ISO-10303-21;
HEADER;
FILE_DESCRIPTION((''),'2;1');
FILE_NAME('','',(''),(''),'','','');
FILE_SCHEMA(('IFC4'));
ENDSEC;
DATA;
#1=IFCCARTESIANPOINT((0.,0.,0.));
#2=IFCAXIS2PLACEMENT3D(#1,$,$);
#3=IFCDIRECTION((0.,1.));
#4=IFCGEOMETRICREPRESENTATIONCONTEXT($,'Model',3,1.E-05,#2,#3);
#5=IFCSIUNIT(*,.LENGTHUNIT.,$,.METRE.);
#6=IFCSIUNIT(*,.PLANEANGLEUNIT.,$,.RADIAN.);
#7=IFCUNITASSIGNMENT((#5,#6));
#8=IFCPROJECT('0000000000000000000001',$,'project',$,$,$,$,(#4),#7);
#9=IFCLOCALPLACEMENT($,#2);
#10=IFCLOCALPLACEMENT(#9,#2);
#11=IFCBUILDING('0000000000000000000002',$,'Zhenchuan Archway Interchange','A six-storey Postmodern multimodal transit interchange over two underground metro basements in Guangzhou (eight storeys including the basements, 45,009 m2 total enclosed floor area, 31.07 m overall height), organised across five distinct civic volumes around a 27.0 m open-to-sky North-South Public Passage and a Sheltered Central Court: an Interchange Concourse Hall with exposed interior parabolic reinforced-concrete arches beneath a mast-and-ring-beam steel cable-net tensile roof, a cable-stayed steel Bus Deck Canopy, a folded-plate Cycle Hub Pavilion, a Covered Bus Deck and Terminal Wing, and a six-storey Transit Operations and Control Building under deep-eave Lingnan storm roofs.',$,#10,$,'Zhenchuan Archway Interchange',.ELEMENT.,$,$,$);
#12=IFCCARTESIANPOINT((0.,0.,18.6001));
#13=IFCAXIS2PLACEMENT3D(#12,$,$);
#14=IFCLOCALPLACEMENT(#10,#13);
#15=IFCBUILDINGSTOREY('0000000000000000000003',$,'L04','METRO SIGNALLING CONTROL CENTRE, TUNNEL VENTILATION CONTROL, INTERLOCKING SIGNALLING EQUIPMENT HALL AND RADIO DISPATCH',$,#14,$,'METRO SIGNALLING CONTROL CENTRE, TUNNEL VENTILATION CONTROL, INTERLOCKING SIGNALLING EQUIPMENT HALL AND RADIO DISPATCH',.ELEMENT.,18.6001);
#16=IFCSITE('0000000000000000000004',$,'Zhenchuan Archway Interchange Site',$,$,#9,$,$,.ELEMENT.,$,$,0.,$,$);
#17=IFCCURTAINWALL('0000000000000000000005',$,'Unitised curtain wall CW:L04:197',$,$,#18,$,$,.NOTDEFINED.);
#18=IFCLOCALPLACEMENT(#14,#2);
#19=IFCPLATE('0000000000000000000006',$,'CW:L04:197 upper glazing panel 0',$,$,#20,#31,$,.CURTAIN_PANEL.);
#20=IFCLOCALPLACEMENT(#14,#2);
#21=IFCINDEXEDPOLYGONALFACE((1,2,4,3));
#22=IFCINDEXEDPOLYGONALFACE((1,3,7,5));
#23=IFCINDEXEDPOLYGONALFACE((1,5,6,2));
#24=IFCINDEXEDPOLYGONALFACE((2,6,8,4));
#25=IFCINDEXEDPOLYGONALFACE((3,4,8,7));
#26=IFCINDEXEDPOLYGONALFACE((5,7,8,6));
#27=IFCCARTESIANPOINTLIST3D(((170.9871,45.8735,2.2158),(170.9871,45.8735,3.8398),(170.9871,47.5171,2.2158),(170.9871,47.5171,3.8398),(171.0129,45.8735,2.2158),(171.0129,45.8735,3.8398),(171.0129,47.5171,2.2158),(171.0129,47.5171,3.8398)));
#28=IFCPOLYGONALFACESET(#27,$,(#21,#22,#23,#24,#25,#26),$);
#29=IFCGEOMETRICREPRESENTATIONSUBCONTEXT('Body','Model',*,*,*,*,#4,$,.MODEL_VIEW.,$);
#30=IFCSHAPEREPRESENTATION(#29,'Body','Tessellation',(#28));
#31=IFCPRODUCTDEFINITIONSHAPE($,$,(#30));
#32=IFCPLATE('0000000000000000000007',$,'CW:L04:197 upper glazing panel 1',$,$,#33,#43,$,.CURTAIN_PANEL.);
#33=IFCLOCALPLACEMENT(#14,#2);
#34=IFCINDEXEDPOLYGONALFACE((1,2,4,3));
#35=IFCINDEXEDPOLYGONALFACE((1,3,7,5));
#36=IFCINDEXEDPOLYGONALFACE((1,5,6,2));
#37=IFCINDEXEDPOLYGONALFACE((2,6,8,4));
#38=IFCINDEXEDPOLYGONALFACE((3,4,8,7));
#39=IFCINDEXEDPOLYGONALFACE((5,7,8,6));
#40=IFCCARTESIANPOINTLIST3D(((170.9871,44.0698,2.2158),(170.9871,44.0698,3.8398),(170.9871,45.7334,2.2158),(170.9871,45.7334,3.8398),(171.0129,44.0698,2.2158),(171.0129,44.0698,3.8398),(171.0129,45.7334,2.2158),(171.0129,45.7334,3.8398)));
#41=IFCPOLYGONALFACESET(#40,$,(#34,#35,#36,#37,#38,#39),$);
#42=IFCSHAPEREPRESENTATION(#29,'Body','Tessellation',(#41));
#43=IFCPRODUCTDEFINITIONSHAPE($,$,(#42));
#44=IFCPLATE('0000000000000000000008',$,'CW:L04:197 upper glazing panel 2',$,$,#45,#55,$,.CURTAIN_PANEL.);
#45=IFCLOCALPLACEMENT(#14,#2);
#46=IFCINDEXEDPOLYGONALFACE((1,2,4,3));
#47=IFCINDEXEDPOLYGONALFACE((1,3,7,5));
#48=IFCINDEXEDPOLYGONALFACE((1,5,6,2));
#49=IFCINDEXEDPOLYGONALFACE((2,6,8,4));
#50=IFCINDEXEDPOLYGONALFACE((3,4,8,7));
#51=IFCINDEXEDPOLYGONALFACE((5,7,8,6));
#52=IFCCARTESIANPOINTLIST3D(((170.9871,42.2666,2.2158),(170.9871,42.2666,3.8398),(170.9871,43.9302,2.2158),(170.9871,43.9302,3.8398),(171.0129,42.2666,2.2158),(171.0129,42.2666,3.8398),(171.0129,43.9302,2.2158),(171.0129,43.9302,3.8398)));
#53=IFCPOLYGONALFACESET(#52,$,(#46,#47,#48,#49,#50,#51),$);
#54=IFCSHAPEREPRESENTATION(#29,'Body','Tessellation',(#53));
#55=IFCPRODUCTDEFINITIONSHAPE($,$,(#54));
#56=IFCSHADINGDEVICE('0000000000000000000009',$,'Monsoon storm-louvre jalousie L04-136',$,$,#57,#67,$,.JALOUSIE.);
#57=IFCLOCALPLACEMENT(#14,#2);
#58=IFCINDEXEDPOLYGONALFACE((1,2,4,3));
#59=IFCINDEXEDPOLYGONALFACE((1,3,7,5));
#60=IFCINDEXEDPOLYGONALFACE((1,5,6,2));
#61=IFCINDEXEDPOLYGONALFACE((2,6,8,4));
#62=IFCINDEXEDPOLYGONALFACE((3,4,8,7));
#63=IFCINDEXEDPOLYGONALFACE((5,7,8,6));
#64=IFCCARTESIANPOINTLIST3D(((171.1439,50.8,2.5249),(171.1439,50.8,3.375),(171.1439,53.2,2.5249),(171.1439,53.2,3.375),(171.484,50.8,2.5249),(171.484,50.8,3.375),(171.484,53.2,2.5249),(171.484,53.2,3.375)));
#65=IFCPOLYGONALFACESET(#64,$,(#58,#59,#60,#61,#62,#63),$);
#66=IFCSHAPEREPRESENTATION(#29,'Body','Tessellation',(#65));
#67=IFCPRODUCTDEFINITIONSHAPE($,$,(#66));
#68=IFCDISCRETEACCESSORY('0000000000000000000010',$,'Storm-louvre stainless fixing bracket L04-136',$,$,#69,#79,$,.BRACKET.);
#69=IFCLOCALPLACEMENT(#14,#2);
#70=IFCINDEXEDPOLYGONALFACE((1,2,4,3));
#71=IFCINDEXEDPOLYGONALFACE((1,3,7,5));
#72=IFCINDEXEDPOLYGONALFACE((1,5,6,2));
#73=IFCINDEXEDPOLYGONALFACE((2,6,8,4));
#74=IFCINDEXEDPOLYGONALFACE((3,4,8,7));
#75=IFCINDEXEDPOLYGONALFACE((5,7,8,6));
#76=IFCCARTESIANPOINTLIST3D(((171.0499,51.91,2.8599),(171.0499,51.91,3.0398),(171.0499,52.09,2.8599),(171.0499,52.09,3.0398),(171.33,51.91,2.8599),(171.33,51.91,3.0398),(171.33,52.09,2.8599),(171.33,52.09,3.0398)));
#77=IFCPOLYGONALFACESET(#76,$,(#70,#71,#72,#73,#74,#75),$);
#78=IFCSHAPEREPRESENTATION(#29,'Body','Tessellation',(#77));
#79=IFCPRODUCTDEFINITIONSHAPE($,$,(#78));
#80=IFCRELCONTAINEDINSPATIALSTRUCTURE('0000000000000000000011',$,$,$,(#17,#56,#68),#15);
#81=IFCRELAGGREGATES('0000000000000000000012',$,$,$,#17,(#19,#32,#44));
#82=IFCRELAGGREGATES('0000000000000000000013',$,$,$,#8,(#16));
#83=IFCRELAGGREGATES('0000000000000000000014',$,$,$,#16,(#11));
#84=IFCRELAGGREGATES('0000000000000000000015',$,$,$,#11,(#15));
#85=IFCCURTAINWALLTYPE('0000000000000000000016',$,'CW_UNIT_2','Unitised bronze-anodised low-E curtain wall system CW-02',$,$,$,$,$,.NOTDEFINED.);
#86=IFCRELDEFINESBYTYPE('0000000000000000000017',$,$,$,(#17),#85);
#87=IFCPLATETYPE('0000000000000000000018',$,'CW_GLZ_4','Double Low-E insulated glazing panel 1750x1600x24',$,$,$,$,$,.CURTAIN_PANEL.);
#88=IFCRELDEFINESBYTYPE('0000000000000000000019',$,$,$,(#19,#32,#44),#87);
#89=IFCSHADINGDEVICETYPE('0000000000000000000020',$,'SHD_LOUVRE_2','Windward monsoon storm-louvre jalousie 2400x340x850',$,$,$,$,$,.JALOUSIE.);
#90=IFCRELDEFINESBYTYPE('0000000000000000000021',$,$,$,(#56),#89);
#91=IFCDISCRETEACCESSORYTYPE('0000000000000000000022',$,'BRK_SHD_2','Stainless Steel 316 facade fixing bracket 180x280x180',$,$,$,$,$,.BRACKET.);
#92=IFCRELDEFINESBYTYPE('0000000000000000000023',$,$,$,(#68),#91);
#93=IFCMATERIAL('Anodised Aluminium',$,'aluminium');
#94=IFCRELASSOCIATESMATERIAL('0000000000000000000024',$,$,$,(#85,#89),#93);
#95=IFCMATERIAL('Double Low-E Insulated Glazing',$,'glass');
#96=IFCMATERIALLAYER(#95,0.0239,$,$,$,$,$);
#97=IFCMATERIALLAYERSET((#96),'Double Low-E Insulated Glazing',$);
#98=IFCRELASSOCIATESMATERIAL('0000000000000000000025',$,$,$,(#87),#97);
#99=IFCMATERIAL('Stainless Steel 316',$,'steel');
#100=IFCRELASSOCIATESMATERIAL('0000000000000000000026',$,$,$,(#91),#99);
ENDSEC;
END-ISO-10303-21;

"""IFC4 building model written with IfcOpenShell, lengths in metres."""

from ifc_helpers import new_model, si_unit, direction, frame, origin, origin_2d, place, context, subcontext, project, spatial, rectangle, extrude, material, layer, layer_set, type_object, element, aggregate, save


model = new_model("IFC4")

# Units and contexts
model_context = context("Model", 3, precision=1e-05, world=origin(), true_north=direction((0.0, 1.0)))
body_context = subcontext(model_context, "Body", "Model", "MODEL_VIEW")
ifc_project = project(units=[si_unit("LENGTHUNIT", "METRE"), si_unit("PLANEANGLEUNIT", "RADIAN")], contexts=[model_context])

# Site, building, storey
site_placement = place(None, origin())
site = spatial("IfcSite", under=ifc_project, at=site_placement, Name="Zhenchuan Archway Interchange Site", CompositionType="ELEMENT", RefElevation=0.0)
building_placement = place(site_placement, origin())
building = spatial("IfcBuilding", under=site, at=building_placement, Name="Zhenchuan Archway Interchange", Description="A six-storey Postmodern multimodal transit interchange over two underground metro basements in Guangzhou (eight storeys including the basements, 45,009 m2 total enclosed floor area, 31.07 m overall height), organised across five distinct civic volumes around a 27.0 m open-to-sky North-South Public Passage and a Sheltered Central Court: an Interchange Concourse Hall with exposed interior parabolic reinforced-concrete arches beneath a mast-and-ring-beam steel cable-net tensile roof, a cable-stayed steel Bus Deck Canopy, a folded-plate Cycle Hub Pavilion, a Covered Bus Deck and Terminal Wing, and a six-storey Transit Operations and Control Building under deep-eave Lingnan storm roofs.", LongName="Zhenchuan Archway Interchange", CompositionType="ELEMENT")
storey_placement = place(building_placement, frame((0.0, 0.0, 18.6001)))
storey = spatial("IfcBuildingStorey", under=building, at=storey_placement, Name="L04", Description="METRO SIGNALLING CONTROL CENTRE, TUNNEL VENTILATION CONTROL, INTERLOCKING SIGNALLING EQUIPMENT HALL AND RADIO DISPATCH", LongName="METRO SIGNALLING CONTROL CENTRE, TUNNEL VENTILATION CONTROL, INTERLOCKING SIGNALLING EQUIPMENT HALL AND RADIO DISPATCH", CompositionType="ELEMENT", Elevation=18.6001)

# Curtain wall
ifc_material_1 = material(Name="Anodised Aluminium", Category="aluminium")
curtain_wall_type = type_object("IfcCurtainWallType", Name="CW_UNIT_2", Description="Unitised bronze-anodised low-E curtain wall system CW-02", PredefinedType="NOTDEFINED", material=ifc_material_1)
curtain_wall_placement = place(storey_placement, origin())
curtain_wall = element("IfcCurtainWall", 1, at=curtain_wall_placement, inside=storey, type_object=curtain_wall_type, Name="Unitised curtain wall CW:L04:197", PredefinedType="NOTDEFINED")

# Plates
ifc_material_2 = material(Name="Double Low-E Insulated Glazing", Category="glass")
ifc_layer_1 = layer(ifc_material_2, 0.0239)
ifc_layer_set_1 = layer_set([ifc_layer_1], Name="Double Low-E Insulated Glazing")
plate_type_1 = type_object("IfcPlateType", Name="CW_GLZ_4", Description="Double Low-E insulated glazing panel 1750x1600x24", PredefinedType="CURTAIN_PANEL", material=ifc_layer_set_1)
plate_1_placement = place(storey_placement, frame((171.0, 46.6953, 2.2158), z_axis=(0.0, 0.0, 1.0), x_axis=(0.0, -1.0, 0.0)))
plate_1 = element("IfcPlate", 2, at=plate_1_placement, type_object=plate_type_1, Name="CW:L04:197 upper glazing panel 0", PredefinedType="CURTAIN_PANEL", context=body_context, shape_type="SweptSolid", body=[
    extrude(rectangle(XDim=1.6436, YDim=0.0259, at=origin_2d()), origin(), (0.0, 0.0, 1.0), 1.624),
])
plate_2_placement = place(storey_placement, frame((171.0, 44.9016, 2.2158), z_axis=(0.0, 0.0, 1.0), x_axis=(0.0, -1.0, 0.0)))
plate_2 = element("IfcPlate", 3, at=plate_2_placement, type_object=plate_type_1, Name="CW:L04:197 upper glazing panel 1", PredefinedType="CURTAIN_PANEL", context=body_context, shape_type="SweptSolid", body=[
    extrude(rectangle(XDim=1.6636, YDim=0.0259, at=origin_2d()), origin(), (0.0, 0.0, 1.0), 1.624),
])
plate_3_placement = place(storey_placement, frame((171.0, 43.0984, 2.2158), z_axis=(0.0, 0.0, 1.0), x_axis=(0.0, -1.0, 0.0)))
plate_3 = element("IfcPlate", 4, at=plate_3_placement, type_object=plate_type_1, Name="CW:L04:197 upper glazing panel 2", PredefinedType="CURTAIN_PANEL", context=body_context, shape_type="SweptSolid", body=[
    extrude(rectangle(XDim=1.6636, YDim=0.0259, at=origin_2d()), origin(), (0.0, 0.0, 1.0), 1.624),
])
aggregate(curtain_wall, [plate_1, plate_2, plate_3])

# Shading device
shading_device_type = type_object("IfcShadingDeviceType", Name="SHD_LOUVRE_2", Description="Windward monsoon storm-louvre jalousie 2400x340x850", PredefinedType="JALOUSIE", material=ifc_material_1)
shading_device_placement = place(storey_placement, frame((171.314, 52.0, 2.5249), z_axis=(0.0, 0.0, 1.0), x_axis=(0.0, -1.0, 0.0)))
element("IfcShadingDevice", 5, at=shading_device_placement, inside=storey, type_object=shading_device_type, Name="Monsoon storm-louvre jalousie L04-136", PredefinedType="JALOUSIE", context=body_context, shape_type="SweptSolid", body=[
    extrude(rectangle(XDim=2.3999, YDim=0.3401, at=origin_2d()), origin(), (0.0, 0.0, 1.0), 0.8501),
])

# Discrete accessory
ifc_material_3 = material(Name="Stainless Steel 316", Category="steel")
discrete_accessory_type = type_object("IfcDiscreteAccessoryType", Name="BRK_SHD_2", Description="Stainless Steel 316 facade fixing bracket 180x280x180", PredefinedType="BRACKET", material=ifc_material_3)
discrete_accessory_placement = place(storey_placement, frame((171.1899, 52.0, 2.8599), z_axis=(0.0, 0.0, 1.0), x_axis=(0.0, -1.0, 0.0)))
element("IfcDiscreteAccessory", 6, at=discrete_accessory_placement, inside=storey, type_object=discrete_accessory_type, Name="Storm-louvre stainless fixing bracket L04-136", PredefinedType="BRACKET", context=body_context, shape_type="SweptSolid", body=[
    extrude(rectangle(XDim=0.1799, YDim=0.28, at=origin_2d()), origin(), (0.0, 0.0, 1.0), 0.1799),
])

save(model, "model.ifc")
